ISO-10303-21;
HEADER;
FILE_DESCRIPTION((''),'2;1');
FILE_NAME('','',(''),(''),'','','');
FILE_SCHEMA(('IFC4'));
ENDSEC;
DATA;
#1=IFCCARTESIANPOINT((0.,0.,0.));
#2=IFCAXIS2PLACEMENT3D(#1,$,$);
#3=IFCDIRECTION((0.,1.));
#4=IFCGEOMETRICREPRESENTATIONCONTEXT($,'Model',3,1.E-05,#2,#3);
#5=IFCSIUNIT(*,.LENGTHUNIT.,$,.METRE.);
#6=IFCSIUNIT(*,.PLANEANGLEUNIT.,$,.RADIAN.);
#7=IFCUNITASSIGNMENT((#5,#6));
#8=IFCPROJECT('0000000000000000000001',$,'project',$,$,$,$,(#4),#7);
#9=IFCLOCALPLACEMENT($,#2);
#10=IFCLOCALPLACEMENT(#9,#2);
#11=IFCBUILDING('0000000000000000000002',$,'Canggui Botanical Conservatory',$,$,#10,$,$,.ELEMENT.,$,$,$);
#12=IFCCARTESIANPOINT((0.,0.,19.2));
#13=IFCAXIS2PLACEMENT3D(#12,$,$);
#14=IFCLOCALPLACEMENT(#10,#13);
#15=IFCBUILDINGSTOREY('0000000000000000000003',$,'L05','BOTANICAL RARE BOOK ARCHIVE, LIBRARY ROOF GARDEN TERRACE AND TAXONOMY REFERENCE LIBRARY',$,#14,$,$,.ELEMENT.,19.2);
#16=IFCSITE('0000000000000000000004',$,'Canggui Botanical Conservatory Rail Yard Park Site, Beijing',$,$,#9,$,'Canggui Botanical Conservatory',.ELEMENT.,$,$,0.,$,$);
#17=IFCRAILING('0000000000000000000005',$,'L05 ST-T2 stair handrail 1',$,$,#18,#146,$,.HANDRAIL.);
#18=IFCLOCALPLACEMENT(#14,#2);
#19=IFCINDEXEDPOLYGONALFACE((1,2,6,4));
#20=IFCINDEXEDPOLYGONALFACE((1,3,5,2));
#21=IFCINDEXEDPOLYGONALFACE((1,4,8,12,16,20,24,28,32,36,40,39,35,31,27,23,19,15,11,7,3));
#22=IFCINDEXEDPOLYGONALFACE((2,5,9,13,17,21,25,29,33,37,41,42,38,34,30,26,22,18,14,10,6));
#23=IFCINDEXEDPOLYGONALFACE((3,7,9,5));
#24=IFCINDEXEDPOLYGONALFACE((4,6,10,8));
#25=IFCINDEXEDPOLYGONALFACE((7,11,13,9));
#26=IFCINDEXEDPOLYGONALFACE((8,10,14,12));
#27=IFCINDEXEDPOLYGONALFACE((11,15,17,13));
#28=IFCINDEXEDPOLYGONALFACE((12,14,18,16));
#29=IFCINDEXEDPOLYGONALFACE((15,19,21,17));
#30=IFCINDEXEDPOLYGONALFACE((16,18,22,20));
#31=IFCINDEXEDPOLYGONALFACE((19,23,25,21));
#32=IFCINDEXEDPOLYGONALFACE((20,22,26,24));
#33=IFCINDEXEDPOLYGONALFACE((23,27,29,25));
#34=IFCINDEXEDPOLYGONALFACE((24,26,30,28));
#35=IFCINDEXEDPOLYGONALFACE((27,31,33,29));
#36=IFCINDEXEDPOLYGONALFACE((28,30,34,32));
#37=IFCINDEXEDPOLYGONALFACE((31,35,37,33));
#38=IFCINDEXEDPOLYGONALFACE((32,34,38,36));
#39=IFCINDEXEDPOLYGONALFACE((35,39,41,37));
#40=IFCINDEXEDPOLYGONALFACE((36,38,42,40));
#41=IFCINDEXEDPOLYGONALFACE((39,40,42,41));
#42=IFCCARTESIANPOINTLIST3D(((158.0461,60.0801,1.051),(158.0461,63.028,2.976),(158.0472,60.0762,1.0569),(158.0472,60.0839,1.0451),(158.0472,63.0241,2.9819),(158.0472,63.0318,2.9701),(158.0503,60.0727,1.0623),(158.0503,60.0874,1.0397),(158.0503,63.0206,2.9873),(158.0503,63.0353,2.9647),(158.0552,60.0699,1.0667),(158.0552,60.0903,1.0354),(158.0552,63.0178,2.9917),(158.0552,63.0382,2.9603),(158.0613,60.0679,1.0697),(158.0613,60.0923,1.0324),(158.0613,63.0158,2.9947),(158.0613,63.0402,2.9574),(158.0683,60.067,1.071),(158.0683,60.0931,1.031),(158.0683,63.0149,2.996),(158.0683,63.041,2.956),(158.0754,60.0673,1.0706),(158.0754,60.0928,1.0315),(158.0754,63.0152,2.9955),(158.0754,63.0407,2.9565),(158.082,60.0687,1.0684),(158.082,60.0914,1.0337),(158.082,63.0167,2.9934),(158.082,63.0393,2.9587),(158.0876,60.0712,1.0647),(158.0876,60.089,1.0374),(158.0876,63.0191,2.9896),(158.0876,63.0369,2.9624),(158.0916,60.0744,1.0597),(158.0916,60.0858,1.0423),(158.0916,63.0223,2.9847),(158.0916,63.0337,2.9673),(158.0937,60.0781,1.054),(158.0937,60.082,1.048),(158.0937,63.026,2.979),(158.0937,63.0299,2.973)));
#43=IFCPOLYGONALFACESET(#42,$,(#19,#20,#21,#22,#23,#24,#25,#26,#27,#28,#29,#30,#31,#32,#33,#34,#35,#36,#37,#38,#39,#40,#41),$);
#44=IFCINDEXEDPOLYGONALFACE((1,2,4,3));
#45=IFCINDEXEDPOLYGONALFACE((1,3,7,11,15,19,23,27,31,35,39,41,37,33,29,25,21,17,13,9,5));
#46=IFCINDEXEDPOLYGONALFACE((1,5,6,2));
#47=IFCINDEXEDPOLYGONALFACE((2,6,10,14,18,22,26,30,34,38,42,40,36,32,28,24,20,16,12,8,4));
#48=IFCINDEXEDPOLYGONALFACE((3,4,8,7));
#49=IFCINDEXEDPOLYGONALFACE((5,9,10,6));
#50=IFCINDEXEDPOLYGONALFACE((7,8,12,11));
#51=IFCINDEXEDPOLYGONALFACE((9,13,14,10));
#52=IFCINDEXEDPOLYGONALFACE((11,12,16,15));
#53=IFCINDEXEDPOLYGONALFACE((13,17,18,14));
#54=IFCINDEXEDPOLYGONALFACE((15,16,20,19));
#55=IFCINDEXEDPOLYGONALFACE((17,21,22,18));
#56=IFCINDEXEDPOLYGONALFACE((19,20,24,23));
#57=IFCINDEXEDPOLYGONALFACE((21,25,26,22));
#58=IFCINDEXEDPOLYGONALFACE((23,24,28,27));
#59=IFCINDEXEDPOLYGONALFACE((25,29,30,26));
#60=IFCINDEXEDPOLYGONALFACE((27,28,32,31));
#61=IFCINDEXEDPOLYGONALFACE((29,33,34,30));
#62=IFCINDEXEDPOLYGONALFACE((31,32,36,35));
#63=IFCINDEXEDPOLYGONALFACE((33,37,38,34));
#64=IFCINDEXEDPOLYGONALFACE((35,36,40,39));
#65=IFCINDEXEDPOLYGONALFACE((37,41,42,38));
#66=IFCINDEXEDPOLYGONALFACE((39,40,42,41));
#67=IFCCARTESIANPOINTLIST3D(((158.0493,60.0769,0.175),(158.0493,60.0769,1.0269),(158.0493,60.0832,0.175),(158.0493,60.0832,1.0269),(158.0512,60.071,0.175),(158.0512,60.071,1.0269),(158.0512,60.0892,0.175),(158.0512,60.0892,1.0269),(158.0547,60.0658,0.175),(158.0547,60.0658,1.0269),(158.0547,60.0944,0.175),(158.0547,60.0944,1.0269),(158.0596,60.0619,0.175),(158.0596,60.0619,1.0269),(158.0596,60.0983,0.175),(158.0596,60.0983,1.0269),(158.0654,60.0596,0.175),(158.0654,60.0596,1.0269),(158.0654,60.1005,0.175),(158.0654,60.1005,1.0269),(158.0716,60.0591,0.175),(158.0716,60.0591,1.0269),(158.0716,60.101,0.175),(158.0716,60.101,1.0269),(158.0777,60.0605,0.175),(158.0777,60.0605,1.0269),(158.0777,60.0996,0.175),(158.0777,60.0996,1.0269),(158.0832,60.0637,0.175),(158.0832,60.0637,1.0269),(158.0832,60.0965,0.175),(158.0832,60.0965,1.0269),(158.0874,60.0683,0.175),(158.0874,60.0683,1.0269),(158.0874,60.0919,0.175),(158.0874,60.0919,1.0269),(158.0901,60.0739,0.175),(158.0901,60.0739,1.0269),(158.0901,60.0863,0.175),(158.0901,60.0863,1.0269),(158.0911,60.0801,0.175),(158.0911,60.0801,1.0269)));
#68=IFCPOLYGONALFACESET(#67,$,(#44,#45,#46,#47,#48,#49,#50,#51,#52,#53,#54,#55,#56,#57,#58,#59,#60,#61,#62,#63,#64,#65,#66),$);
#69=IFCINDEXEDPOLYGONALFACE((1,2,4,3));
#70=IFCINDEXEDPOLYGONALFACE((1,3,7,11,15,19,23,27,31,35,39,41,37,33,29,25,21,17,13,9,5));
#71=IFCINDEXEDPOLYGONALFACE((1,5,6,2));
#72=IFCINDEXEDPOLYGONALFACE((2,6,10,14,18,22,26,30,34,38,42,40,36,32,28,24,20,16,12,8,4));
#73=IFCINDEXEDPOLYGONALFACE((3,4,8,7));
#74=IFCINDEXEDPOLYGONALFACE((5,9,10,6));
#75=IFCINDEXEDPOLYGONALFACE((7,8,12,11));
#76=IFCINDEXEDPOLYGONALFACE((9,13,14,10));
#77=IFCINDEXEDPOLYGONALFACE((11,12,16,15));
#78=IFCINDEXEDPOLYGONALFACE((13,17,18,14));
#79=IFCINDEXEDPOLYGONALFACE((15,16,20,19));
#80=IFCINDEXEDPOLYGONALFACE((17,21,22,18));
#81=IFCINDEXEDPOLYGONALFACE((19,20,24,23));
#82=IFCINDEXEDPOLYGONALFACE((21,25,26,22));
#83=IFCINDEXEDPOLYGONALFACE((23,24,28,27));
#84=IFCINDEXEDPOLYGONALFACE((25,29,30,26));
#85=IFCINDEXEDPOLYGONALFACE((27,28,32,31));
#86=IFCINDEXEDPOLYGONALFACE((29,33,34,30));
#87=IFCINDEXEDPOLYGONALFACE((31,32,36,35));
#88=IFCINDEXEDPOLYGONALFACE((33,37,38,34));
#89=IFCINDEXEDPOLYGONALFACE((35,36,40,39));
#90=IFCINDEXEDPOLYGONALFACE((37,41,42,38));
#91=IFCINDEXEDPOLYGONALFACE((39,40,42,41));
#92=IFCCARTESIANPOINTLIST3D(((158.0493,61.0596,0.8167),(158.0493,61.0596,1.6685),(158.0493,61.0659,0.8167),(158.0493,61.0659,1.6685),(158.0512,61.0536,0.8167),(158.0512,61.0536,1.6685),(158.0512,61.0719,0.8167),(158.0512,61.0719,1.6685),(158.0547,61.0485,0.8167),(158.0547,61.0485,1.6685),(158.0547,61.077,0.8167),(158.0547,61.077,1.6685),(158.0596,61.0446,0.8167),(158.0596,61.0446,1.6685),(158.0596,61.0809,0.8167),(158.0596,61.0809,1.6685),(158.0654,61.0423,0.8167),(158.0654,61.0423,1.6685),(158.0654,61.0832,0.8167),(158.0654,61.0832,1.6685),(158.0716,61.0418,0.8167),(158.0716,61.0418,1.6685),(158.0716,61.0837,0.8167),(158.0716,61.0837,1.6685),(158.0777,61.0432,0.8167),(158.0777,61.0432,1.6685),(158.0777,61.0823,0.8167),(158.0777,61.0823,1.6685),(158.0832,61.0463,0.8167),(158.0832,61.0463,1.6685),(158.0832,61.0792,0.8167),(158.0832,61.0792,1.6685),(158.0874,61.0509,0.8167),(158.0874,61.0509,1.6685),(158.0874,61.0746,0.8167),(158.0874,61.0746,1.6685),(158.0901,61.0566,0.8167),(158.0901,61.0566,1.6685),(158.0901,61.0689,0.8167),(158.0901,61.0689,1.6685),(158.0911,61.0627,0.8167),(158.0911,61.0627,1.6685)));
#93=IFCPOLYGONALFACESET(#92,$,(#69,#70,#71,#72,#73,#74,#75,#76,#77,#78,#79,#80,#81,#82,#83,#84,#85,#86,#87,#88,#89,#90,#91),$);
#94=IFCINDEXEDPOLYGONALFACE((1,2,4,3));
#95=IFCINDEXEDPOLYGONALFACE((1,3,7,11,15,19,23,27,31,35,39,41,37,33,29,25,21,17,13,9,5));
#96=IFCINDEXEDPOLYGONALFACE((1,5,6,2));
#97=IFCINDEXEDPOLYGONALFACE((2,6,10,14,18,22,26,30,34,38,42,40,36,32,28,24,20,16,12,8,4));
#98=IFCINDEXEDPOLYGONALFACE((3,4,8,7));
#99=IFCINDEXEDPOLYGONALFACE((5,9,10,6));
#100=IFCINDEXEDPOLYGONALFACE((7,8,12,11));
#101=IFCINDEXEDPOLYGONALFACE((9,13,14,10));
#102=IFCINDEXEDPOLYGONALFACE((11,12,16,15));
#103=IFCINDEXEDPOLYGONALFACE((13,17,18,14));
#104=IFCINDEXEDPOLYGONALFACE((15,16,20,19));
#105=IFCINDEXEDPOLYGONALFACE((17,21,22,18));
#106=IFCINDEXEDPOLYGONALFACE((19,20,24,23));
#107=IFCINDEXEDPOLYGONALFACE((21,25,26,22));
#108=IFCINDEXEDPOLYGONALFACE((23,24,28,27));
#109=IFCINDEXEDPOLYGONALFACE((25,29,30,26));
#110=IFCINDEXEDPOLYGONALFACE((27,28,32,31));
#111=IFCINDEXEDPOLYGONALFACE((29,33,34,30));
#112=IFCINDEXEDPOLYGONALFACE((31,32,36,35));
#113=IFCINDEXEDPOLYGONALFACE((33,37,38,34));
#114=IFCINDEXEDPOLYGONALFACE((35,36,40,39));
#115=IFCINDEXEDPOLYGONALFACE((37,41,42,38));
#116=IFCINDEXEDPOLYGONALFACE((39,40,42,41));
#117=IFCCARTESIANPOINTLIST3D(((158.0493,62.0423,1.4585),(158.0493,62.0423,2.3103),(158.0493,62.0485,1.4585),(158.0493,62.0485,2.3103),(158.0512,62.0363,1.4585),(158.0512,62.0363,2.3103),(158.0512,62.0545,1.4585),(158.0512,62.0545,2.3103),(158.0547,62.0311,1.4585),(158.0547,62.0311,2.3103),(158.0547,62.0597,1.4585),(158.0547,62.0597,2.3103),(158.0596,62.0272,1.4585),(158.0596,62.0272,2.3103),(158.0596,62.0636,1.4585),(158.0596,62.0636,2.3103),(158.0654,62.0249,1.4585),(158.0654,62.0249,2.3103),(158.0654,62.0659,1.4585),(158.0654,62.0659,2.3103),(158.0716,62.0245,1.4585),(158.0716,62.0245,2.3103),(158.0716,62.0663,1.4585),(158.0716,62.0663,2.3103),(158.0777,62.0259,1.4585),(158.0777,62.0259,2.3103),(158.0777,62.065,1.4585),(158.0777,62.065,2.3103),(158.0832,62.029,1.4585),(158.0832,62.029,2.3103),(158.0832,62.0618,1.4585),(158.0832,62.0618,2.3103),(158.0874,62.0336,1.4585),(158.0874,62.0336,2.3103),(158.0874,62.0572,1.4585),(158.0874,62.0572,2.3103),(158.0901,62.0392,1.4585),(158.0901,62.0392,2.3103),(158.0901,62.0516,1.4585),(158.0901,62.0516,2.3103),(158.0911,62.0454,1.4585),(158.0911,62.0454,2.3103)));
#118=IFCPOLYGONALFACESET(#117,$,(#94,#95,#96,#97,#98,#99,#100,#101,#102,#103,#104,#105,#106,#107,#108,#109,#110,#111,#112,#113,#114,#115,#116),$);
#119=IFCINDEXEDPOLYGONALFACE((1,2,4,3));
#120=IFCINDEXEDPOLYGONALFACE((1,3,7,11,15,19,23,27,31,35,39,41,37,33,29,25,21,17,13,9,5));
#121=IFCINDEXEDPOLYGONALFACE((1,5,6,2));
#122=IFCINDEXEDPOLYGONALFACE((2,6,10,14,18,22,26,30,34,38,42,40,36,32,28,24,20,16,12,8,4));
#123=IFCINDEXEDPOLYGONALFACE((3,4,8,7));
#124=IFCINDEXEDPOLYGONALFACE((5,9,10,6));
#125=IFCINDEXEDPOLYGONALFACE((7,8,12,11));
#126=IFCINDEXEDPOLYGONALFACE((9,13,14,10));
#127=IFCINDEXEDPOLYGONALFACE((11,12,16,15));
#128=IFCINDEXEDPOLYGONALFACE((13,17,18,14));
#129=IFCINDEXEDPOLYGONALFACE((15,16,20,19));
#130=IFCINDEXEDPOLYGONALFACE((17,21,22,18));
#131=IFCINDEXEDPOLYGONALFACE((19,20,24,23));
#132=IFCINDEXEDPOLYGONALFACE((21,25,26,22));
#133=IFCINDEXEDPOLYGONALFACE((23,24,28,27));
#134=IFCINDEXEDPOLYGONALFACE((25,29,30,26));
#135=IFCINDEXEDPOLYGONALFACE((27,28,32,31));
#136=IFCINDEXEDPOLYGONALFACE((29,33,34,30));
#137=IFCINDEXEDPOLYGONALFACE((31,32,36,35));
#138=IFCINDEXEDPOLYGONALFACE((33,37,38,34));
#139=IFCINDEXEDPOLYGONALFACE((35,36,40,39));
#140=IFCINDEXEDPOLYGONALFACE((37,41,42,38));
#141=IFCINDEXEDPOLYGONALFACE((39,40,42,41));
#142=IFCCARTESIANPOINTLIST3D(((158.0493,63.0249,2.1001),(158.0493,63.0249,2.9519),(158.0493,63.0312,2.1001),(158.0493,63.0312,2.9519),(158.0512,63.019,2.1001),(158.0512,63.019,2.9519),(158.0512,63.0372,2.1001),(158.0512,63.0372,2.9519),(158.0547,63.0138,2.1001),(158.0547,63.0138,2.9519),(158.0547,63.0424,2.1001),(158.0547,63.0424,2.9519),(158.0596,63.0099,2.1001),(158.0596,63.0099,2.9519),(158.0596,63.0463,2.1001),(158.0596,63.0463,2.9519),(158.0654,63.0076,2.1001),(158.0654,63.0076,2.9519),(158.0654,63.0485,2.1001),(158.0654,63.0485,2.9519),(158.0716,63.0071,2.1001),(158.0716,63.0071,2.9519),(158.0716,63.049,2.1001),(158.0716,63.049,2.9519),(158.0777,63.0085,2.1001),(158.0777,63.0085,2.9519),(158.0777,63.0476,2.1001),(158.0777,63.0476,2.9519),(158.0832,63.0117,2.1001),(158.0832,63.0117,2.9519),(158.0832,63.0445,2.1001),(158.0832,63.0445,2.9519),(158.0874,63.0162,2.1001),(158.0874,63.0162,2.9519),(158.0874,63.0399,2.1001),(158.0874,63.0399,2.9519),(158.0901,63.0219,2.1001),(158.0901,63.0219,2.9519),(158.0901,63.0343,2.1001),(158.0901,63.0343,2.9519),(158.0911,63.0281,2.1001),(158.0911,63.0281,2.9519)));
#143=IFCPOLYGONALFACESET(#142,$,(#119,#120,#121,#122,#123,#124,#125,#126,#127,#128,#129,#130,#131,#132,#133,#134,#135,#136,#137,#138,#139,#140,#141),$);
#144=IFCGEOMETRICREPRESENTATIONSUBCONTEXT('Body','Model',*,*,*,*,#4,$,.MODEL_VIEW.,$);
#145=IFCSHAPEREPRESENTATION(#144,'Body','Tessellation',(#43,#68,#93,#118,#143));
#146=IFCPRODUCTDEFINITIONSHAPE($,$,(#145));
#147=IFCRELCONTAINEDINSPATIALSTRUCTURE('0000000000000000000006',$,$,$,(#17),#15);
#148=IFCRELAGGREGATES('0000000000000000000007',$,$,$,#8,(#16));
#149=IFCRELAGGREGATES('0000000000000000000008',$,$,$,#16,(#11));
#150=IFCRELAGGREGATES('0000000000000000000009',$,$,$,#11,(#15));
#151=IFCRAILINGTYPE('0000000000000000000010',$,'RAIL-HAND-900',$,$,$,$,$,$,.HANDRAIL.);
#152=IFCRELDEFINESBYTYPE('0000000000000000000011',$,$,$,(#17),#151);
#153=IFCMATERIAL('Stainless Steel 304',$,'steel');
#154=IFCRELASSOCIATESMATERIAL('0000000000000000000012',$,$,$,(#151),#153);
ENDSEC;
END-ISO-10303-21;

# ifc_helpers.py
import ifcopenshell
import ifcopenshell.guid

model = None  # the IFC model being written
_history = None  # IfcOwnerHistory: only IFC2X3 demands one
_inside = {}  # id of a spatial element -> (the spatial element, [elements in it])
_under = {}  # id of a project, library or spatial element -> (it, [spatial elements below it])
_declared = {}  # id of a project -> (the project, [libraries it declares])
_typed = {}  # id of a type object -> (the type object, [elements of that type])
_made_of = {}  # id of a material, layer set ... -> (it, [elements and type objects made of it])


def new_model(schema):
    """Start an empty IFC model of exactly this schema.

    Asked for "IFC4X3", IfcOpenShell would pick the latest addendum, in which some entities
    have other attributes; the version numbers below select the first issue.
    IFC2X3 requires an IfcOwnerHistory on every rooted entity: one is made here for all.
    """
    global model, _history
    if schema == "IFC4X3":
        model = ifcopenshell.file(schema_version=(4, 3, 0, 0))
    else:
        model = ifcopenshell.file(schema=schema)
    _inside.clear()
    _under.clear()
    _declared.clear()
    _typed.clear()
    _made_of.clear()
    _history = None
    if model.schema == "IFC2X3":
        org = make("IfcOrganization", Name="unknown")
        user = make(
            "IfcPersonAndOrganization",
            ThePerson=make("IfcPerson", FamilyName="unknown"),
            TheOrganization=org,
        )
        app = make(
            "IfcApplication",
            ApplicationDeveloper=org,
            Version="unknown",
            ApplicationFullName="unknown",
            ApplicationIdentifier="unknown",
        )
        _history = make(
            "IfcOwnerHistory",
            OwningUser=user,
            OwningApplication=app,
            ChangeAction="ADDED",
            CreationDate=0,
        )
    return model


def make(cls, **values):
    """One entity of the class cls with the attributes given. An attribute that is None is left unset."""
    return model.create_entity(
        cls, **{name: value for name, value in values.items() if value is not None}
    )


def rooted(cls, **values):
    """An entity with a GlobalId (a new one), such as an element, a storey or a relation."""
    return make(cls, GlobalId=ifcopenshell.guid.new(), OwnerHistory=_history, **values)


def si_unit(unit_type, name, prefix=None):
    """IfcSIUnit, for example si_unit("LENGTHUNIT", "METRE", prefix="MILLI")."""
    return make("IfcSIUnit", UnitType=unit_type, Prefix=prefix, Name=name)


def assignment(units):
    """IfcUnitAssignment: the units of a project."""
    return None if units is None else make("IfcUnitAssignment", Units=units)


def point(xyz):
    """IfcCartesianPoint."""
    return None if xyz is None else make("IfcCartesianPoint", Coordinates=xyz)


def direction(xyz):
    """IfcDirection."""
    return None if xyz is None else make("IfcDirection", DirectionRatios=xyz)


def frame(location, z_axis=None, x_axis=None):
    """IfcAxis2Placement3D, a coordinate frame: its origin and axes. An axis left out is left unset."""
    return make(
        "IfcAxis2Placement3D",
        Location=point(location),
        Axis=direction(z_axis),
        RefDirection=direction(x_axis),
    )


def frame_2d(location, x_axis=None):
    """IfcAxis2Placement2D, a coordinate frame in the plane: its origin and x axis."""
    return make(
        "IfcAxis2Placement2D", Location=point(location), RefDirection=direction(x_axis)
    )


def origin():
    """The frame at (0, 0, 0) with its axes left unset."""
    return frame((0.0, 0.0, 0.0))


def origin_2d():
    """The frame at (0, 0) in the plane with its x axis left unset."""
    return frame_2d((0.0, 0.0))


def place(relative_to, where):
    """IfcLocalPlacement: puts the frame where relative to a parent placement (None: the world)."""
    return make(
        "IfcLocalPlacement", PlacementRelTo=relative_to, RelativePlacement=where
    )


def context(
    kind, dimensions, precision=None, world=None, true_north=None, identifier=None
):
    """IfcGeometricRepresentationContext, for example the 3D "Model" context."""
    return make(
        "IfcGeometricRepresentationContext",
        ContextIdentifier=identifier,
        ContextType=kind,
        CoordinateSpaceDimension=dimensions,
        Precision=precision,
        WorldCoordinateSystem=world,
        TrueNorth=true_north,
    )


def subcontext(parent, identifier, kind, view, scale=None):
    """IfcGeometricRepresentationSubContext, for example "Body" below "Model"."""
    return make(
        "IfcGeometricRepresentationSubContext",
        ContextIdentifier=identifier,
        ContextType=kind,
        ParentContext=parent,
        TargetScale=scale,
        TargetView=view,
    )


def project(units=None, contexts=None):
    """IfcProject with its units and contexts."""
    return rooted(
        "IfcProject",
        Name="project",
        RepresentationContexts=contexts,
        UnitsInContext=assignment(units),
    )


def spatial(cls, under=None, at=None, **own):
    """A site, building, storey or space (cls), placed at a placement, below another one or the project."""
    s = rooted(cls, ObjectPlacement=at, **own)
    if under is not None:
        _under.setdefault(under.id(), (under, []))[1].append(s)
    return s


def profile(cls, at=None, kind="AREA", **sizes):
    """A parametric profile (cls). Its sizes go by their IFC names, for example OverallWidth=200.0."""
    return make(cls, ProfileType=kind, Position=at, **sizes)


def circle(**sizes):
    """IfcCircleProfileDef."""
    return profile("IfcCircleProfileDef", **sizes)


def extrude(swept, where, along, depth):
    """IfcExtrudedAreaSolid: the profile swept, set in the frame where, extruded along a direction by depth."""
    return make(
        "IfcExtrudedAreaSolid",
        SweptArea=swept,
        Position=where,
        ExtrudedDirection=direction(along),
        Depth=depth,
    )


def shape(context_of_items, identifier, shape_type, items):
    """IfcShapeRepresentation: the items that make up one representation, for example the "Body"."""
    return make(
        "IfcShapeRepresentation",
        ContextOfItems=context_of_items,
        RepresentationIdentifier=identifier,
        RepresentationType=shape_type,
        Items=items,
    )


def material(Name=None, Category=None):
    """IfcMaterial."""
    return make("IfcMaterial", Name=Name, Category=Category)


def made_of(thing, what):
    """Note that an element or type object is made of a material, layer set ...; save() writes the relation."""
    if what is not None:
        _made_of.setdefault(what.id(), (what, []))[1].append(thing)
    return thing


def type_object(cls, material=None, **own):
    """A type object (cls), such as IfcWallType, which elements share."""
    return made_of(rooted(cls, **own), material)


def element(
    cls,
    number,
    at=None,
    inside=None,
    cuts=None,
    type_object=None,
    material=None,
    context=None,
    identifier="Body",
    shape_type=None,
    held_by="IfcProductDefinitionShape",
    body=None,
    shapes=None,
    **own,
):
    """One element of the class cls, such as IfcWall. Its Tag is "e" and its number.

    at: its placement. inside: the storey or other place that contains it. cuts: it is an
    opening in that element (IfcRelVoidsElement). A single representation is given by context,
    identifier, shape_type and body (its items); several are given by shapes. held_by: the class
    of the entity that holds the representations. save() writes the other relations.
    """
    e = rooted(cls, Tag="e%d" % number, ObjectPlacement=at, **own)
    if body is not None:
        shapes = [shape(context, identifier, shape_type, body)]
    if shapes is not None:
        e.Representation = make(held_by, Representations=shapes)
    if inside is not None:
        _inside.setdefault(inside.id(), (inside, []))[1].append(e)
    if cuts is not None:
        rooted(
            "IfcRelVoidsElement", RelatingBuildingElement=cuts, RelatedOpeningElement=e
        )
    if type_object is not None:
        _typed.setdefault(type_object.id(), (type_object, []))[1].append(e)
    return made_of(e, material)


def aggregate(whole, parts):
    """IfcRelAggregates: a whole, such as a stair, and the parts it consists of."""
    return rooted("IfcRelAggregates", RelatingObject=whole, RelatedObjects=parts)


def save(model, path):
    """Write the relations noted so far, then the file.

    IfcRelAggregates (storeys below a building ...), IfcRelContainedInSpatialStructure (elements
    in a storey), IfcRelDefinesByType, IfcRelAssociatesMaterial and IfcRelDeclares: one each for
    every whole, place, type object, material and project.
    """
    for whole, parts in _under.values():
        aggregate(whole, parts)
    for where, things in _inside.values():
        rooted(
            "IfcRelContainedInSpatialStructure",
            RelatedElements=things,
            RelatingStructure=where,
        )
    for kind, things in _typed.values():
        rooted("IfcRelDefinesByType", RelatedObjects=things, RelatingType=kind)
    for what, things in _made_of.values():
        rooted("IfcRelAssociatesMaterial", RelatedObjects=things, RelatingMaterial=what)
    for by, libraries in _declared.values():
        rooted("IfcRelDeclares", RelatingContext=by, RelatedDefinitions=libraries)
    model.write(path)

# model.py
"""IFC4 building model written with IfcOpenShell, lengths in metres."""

from ifc_helpers import new_model, si_unit, direction, frame, origin, origin_2d, place, context, subcontext, project, spatial, circle, extrude, material, type_object, element, save


model = new_model("IFC4")

# Units and contexts
model_context = context("Model", 3, precision=1e-05, world=origin(), true_north=direction((0.0, 1.0)))
body_context = subcontext(model_context, "Body", "Model", "MODEL_VIEW")
ifc_project = project(units=[si_unit("LENGTHUNIT", "METRE"), si_unit("PLANEANGLEUNIT", "RADIAN")], contexts=[model_context])

# Site, building, storey
site_placement = place(None, origin())
site = spatial("IfcSite", under=ifc_project, at=site_placement, Name="Canggui Botanical Conservatory Rail Yard Park Site, Beijing", LongName="Canggui Botanical Conservatory", CompositionType="ELEMENT", RefElevation=0.0)
building_placement = place(site_placement, origin())
building = spatial("IfcBuilding", under=site, at=building_placement, Name="Canggui Botanical Conservatory", CompositionType="ELEMENT")
storey_placement = place(building_placement, frame((0.0, 0.0, 19.2)))
storey = spatial("IfcBuildingStorey", under=building, at=storey_placement, Name="L05", Description="BOTANICAL RARE BOOK ARCHIVE, LIBRARY ROOF GARDEN TERRACE AND TAXONOMY REFERENCE LIBRARY", CompositionType="ELEMENT", Elevation=19.2)

# Shared definitions
ifc_material_1 = material(Name="Stainless Steel 304", Category="steel")

# Railing
railing_type_1 = type_object("IfcRailingType", Name="RAIL-HAND-900", PredefinedType="HANDRAIL", material=ifc_material_1)
railing_1_placement = place(storey_placement, frame((158.0701, 60.0801, 0.175)))
element("IfcRailing", 1, at=railing_1_placement, inside=storey, type_object=railing_type_1, Name="L05 ST-T2 stair handrail 1", PredefinedType="HANDRAIL", context=body_context, shape_type="SweptSolid", body=[
    extrude(circle(Radius=0.0239, at=origin_2d()), frame((0.0, 0.0, 0.876), z_axis=(0.0, 0.837293, 0.546754), x_axis=(-1.0, 0.0, 0.0)), (0.0, 0.0, 1.0), 3.5208),
    extrude(circle(Radius=0.021, at=origin_2d()), origin(), (0.0, 0.0, 1.0), 0.8518),
    extrude(circle(Radius=0.021, at=origin_2d()), frame((0.0, 0.9827, 0.6416)), (0.0, 0.0, 1.0), 0.8518),
    extrude(circle(Radius=0.021, at=origin_2d()), frame((0.0, 1.9653, 1.2834)), (0.0, 0.0, 1.0), 0.8518),
    extrude(circle(Radius=0.021, at=origin_2d()), frame((0.0, 2.948, 1.925)), (0.0, 0.0, 1.0), 0.8518),
])

save(model, "model.ifc")
